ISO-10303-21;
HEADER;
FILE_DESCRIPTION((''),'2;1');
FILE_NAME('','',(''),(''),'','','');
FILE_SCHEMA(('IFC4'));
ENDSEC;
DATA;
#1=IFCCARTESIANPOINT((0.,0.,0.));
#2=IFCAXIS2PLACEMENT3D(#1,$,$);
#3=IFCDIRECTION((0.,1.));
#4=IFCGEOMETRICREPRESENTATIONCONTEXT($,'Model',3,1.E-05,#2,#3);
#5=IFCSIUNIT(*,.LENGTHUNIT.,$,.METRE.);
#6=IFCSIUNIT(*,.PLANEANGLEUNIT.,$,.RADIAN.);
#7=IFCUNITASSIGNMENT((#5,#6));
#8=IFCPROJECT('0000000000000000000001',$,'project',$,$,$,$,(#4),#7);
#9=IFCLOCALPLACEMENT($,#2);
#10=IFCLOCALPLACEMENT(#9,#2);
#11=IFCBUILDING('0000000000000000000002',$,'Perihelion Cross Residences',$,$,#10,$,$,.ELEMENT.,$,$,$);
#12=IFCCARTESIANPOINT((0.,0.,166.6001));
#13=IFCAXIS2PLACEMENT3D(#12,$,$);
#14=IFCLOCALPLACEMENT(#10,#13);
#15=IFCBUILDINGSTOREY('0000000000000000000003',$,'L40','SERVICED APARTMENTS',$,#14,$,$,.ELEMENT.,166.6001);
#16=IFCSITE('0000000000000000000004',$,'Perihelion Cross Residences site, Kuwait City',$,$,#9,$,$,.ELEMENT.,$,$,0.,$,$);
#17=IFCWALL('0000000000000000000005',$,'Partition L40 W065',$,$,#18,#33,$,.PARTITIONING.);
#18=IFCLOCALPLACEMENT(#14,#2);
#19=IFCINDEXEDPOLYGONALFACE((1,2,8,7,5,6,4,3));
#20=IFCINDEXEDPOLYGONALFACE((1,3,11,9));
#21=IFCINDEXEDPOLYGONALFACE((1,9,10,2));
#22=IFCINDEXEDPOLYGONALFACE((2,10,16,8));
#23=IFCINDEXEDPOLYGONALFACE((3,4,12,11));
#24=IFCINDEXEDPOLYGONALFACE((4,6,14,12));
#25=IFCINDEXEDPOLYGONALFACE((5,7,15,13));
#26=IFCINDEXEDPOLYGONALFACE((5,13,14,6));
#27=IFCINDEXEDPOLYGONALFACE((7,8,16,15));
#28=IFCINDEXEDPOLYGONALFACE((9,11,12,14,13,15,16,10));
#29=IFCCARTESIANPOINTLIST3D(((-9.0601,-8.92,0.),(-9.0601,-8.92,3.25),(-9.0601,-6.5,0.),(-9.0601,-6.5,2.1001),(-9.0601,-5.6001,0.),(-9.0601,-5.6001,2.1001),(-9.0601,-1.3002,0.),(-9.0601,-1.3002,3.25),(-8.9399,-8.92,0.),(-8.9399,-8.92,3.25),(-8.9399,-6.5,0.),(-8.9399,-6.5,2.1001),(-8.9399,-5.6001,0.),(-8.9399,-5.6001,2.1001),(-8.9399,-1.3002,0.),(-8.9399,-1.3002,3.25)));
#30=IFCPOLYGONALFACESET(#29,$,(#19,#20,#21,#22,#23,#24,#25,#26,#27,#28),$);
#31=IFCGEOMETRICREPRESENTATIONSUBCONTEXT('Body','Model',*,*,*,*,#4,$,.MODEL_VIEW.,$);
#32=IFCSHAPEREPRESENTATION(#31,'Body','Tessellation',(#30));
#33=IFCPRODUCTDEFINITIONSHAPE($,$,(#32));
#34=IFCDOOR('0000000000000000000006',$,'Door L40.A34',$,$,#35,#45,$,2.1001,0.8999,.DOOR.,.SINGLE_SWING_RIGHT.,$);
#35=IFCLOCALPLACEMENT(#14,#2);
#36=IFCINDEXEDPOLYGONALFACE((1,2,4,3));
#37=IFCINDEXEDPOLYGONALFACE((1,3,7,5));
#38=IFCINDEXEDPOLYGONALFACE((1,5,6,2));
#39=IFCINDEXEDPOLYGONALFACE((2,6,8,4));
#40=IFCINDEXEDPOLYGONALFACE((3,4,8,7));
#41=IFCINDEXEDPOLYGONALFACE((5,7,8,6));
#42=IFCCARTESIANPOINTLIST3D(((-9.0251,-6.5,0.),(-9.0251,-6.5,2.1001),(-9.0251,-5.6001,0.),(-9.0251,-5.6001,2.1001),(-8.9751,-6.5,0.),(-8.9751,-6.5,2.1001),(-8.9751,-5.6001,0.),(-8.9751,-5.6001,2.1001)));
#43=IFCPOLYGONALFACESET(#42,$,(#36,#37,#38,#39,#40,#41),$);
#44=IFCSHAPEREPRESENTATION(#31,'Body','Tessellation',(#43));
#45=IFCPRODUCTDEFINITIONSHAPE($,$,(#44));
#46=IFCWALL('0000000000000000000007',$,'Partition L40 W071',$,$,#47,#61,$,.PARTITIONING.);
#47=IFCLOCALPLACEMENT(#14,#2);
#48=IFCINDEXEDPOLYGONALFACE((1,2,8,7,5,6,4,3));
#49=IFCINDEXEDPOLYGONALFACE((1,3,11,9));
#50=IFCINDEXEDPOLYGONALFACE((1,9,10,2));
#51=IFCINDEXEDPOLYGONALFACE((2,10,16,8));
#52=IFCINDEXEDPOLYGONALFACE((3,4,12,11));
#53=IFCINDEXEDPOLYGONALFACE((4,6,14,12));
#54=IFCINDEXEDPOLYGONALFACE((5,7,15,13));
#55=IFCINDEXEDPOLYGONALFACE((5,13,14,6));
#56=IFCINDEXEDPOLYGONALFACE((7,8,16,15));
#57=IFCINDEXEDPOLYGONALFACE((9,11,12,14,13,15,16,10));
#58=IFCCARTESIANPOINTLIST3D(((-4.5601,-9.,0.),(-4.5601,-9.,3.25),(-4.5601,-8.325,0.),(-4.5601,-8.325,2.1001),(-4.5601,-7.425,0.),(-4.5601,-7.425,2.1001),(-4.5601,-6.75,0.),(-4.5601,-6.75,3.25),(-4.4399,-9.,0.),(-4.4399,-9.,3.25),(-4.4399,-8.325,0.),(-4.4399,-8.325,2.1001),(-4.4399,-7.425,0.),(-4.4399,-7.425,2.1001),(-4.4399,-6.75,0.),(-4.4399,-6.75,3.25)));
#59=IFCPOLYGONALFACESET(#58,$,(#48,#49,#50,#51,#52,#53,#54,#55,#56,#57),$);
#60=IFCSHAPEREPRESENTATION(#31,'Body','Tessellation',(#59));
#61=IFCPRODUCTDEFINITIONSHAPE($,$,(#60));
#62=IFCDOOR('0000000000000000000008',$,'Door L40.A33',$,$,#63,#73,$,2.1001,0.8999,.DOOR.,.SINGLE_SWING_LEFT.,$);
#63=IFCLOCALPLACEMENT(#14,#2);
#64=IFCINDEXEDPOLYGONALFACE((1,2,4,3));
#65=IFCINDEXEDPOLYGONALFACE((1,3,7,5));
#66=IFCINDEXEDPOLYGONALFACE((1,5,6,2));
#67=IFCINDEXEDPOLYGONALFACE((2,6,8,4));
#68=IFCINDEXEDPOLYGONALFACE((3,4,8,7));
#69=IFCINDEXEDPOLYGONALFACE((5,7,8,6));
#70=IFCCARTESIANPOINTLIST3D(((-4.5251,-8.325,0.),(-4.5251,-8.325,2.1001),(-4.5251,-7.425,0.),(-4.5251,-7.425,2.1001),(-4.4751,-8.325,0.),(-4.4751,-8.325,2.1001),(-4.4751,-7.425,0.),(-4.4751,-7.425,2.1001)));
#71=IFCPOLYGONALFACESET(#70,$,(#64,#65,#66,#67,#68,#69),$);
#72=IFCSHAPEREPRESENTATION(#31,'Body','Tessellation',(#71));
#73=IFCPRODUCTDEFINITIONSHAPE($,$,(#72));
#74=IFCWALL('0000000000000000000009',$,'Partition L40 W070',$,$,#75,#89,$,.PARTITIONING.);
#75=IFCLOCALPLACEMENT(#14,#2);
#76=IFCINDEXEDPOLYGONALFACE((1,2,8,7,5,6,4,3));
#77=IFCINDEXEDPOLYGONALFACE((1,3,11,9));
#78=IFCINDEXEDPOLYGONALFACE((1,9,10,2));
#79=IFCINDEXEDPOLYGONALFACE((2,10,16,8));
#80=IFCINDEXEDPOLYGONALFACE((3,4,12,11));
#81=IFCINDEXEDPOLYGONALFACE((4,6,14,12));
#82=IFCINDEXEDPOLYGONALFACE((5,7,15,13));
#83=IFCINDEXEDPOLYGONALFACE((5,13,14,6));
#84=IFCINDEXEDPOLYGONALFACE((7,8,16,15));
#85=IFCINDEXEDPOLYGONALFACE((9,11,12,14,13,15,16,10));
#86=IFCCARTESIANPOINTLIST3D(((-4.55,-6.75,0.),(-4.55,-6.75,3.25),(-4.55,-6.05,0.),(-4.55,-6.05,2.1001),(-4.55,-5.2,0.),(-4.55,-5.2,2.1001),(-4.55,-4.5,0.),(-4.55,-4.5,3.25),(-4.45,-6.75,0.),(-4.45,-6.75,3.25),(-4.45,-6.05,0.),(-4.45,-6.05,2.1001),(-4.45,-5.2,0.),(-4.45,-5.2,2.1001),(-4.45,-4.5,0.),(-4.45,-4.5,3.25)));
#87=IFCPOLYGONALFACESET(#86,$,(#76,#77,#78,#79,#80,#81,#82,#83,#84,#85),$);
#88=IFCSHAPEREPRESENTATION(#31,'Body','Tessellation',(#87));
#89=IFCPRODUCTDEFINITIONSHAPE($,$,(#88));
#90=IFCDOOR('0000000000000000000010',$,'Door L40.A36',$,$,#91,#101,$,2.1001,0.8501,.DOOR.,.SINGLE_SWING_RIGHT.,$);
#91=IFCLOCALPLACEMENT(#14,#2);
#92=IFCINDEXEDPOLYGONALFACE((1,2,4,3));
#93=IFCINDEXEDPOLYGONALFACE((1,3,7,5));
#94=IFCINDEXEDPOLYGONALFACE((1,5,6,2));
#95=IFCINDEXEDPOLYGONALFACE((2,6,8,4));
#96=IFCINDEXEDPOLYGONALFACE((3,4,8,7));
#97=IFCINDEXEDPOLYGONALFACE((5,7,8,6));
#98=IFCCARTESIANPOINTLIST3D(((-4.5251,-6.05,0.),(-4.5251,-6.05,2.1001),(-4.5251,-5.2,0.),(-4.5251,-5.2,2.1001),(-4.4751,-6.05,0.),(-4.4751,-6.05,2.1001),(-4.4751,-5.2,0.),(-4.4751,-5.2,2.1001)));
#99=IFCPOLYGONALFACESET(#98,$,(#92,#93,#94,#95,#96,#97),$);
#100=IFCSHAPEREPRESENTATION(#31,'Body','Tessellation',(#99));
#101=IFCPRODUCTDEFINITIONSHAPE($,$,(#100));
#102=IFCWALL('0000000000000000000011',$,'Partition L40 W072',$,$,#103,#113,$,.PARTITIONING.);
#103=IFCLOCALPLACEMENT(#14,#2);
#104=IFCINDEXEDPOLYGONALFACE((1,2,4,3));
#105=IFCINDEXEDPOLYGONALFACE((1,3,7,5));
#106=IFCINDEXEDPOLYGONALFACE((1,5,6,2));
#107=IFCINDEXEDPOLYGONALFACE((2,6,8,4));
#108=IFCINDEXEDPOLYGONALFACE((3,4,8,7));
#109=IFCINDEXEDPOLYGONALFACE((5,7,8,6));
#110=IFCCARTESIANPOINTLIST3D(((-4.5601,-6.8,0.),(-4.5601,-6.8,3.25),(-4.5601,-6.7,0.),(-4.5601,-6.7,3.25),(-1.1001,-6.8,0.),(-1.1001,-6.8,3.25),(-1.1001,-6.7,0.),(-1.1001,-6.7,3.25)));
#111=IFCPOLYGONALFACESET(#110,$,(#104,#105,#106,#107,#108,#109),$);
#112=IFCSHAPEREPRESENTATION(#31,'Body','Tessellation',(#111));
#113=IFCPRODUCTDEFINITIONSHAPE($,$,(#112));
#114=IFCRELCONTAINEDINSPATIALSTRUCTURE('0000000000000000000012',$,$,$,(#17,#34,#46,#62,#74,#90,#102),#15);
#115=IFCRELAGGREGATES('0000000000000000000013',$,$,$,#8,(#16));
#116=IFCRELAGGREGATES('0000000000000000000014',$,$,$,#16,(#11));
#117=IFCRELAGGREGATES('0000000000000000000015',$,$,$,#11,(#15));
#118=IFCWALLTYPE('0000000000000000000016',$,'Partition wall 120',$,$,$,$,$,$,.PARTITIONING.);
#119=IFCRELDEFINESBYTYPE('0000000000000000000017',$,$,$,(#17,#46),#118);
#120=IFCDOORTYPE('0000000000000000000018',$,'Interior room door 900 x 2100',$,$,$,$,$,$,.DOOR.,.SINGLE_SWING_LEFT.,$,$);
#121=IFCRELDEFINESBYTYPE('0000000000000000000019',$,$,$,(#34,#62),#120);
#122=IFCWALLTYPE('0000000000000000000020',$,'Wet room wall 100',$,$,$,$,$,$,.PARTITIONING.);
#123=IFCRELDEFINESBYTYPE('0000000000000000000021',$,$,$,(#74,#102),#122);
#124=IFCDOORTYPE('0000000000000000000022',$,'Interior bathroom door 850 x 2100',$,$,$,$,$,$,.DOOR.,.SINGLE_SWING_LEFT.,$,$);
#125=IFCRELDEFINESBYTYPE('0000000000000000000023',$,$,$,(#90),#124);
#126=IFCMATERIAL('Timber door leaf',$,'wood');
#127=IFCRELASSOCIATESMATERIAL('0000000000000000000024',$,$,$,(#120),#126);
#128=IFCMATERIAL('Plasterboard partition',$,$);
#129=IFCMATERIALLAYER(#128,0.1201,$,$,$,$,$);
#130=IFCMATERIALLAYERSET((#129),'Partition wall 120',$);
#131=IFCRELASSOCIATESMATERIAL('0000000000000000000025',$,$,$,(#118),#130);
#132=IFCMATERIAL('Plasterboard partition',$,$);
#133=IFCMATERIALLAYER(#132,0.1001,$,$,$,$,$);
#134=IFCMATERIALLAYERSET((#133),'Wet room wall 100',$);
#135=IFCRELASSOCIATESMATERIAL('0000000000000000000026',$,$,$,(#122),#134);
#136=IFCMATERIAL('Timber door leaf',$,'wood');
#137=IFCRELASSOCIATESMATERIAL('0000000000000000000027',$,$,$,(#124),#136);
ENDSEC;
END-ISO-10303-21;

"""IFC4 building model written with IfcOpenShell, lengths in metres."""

from ifc_helpers import new_model, si_unit, direction, frame, frame_2d, origin, place, context, subcontext, project, spatial, rectangle, extrude, material, layer, layer_set, type_object, element, fill, save


model = new_model("IFC4")

# Units and contexts
model_context = context("Model", 3, precision=1e-05, world=origin(), true_north=direction((0.0, 1.0)))
body_context = subcontext(model_context, "Body", "Model", "MODEL_VIEW")
ifc_project = project(units=[si_unit("LENGTHUNIT", "METRE"), si_unit("PLANEANGLEUNIT", "RADIAN")], contexts=[model_context])

# Site, building, storey
site_placement = place(None, origin())
site = spatial("IfcSite", under=ifc_project, at=site_placement, Name="Perihelion Cross Residences site, Kuwait City", CompositionType="ELEMENT", RefElevation=0.0)
building_placement = place(site_placement, origin())
building = spatial("IfcBuilding", under=site, at=building_placement, Name="Perihelion Cross Residences", CompositionType="ELEMENT")
storey_placement = place(building_placement, frame((0.0, 0.0, 166.6001)))
storey = spatial("IfcBuildingStorey", under=building, at=storey_placement, Name="L40", Description="SERVICED APARTMENTS", CompositionType="ELEMENT", Elevation=166.6001)

# Shared definitions
ifc_material_1 = material(Name="Timber door leaf", Category="wood")
door_type_1 = type_object("IfcDoorType", Name="Interior room door 900 x 2100", OperationType="SINGLE_SWING_LEFT", PredefinedType="DOOR", material=ifc_material_1)

# Shared definitions
ifc_material_2 = material(Name="Plasterboard partition")
ifc_layer_1 = layer(ifc_material_2, 0.1201)
ifc_layer_set_1 = layer_set([ifc_layer_1], Name="Partition wall 120")
wall_type_1 = type_object("IfcWallType", Name="Partition wall 120", PredefinedType="PARTITIONING", material=ifc_layer_set_1)

# Walls, openings, doors
wall_1_placement = place(storey_placement, frame((-9.0, -1.3, 0.0), z_axis=(0.0, 0.0, 1.0), x_axis=(0.0, -1.0, 0.0)))
wall_1 = element("IfcWall", 1, at=wall_1_placement, inside=storey, type_object=wall_type_1, Name="Partition L40 W065", PredefinedType="PARTITIONING", context=body_context, shape_type="SweptSolid", body=[
    extrude(rectangle(XDim=7.6199, YDim=0.1201, at=frame_2d((3.8101, 0.0))), origin(), (0.0, 0.0, 1.0), 3.25),
])
opening_1_placement = place(wall_1_placement, frame((4.3, 0.0, 0.0)))
opening_1 = element("IfcOpeningElement", 2, at=opening_1_placement, cuts=wall_1, PredefinedType="OPENING", context=body_context, shape_type="SweptSolid", body=[
    extrude(rectangle(XDim=0.8999, YDim=2.1001, at=frame_2d((0.45, 1.05))), frame((0.0, 0.0701, 0.0), z_axis=(0.0, -1.0, 0.0), x_axis=(1.0, 0.0, 0.0)), (0.0, 0.0, 1.0), 0.1401),
])
door_1_placement = place(opening_1_placement, origin())
door_1 = element("IfcDoor", 3, at=door_1_placement, inside=storey, type_object=door_type_1, Name="Door L40.A34", OperationType="SINGLE_SWING_RIGHT", OverallHeight=2.1001, OverallWidth=0.8999, PredefinedType="DOOR", context=body_context, shape_type="SweptSolid", body=[
    extrude(rectangle(XDim=0.8999, YDim=2.1001, at=frame_2d((0.45, 1.05))), frame((0.0, 0.0249, 0.0), z_axis=(0.0, -1.0, 0.0), x_axis=(1.0, 0.0, 0.0)), (0.0, 0.0, 1.0), 0.05),
])
fill(opening_1, door_1)
wall_2_placement = place(storey_placement, frame((-4.5, -6.75, 0.0), z_axis=(0.0, 0.0, 1.0), x_axis=(0.0, -1.0, 0.0)))
wall_2 = element("IfcWall", 4, at=wall_2_placement, inside=storey, type_object=wall_type_1, Name="Partition L40 W071", PredefinedType="PARTITIONING", context=body_context, shape_type="SweptSolid", body=[
    extrude(rectangle(XDim=2.25, YDim=0.1201, at=frame_2d((1.125, 0.0))), origin(), (0.0, 0.0, 1.0), 3.25),
])
opening_2_placement = place(wall_2_placement, frame((0.675, 0.0, 0.0)))
opening_2 = element("IfcOpeningElement", 5, at=opening_2_placement, cuts=wall_2, PredefinedType="OPENING", context=body_context, shape_type="SweptSolid", body=[
    extrude(rectangle(XDim=0.8999, YDim=2.1001, at=frame_2d((0.45, 1.05))), frame((0.0, 0.0701, 0.0), z_axis=(0.0, -1.0, 0.0), x_axis=(1.0, 0.0, 0.0)), (0.0, 0.0, 1.0), 0.1401),
])
door_2_placement = place(opening_2_placement, origin())
door_2 = element("IfcDoor", 6, at=door_2_placement, inside=storey, type_object=door_type_1, Name="Door L40.A33", OperationType="SINGLE_SWING_LEFT", OverallHeight=2.1001, OverallWidth=0.8999, PredefinedType="DOOR", context=body_context, shape_type="SweptSolid", body=[
    extrude(rectangle(XDim=0.8999, YDim=2.1001, at=frame_2d((0.45, 1.05))), frame((0.0, 0.0249, 0.0), z_axis=(0.0, -1.0, 0.0), x_axis=(1.0, 0.0, 0.0)), (0.0, 0.0, 1.0), 0.05),
])
fill(opening_2, door_2)
ifc_material_3 = material(Name="Plasterboard partition")
ifc_layer_2 = layer(ifc_material_3, 0.1001)
ifc_layer_set_2 = layer_set([ifc_layer_2], Name="Wet room wall 100")
wall_type_2 = type_object("IfcWallType", Name="Wet room wall 100", PredefinedType="PARTITIONING", material=ifc_layer_set_2)
wall_3_placement = place(storey_placement, frame((-4.5, -4.5, 0.0), z_axis=(0.0, 0.0, 1.0), x_axis=(0.0, -1.0, 0.0)))
wall_3 = element("IfcWall", 7, at=wall_3_placement, inside=storey, type_object=wall_type_2, Name="Partition L40 W070", PredefinedType="PARTITIONING", context=body_context, shape_type="SweptSolid", body=[
    extrude(rectangle(XDim=2.25, YDim=0.1001, at=frame_2d((1.125, 0.0))), origin(), (0.0, 0.0, 1.0), 3.25),
])
opening_3_placement = place(wall_3_placement, frame((0.7, 0.0, 0.0)))
opening_3 = element("IfcOpeningElement", 8, at=opening_3_placement, cuts=wall_3, PredefinedType="OPENING", context=body_context, shape_type="SweptSolid", body=[
    extrude(rectangle(XDim=0.8501, YDim=2.1001, at=frame_2d((0.425, 1.05))), frame((0.0, 0.0601, 0.0), z_axis=(0.0, -1.0, 0.0), x_axis=(1.0, 0.0, 0.0)), (0.0, 0.0, 1.0), 0.1201),
])
ifc_material_4 = material(Name="Timber door leaf", Category="wood")
door_type_2 = type_object("IfcDoorType", Name="Interior bathroom door 850 x 2100", OperationType="SINGLE_SWING_LEFT", PredefinedType="DOOR", material=ifc_material_4)
door_3_placement = place(opening_3_placement, origin())
door_3 = element("IfcDoor", 9, at=door_3_placement, inside=storey, type_object=door_type_2, Name="Door L40.A36", OperationType="SINGLE_SWING_RIGHT", OverallHeight=2.1001, OverallWidth=0.8501, PredefinedType="DOOR", context=body_context, shape_type="SweptSolid", body=[
    extrude(rectangle(XDim=0.8501, YDim=2.1001, at=frame_2d((0.425, 1.05))), frame((0.0, 0.0249, 0.0), z_axis=(0.0, -1.0, 0.0), x_axis=(1.0, 0.0, 0.0)), (0.0, 0.0, 1.0), 0.05),
])
fill(opening_3, door_3)

# Wall
wall_4_placement = place(storey_placement, frame((-1.1001, -6.75, 0.0), z_axis=(0.0, 0.0, 1.0), x_axis=(-1.0, 0.0, 0.0)))
element("IfcWall", 10, at=wall_4_placement, inside=storey, type_object=wall_type_2, Name="Partition L40 W072", PredefinedType="PARTITIONING", context=body_context, shape_type="SweptSolid", body=[
    extrude(rectangle(XDim=3.46, YDim=0.1001, at=frame_2d((1.73, 0.0))), origin(), (0.0, 0.0, 1.0), 3.25),
])

save(model, "model.ifc")
